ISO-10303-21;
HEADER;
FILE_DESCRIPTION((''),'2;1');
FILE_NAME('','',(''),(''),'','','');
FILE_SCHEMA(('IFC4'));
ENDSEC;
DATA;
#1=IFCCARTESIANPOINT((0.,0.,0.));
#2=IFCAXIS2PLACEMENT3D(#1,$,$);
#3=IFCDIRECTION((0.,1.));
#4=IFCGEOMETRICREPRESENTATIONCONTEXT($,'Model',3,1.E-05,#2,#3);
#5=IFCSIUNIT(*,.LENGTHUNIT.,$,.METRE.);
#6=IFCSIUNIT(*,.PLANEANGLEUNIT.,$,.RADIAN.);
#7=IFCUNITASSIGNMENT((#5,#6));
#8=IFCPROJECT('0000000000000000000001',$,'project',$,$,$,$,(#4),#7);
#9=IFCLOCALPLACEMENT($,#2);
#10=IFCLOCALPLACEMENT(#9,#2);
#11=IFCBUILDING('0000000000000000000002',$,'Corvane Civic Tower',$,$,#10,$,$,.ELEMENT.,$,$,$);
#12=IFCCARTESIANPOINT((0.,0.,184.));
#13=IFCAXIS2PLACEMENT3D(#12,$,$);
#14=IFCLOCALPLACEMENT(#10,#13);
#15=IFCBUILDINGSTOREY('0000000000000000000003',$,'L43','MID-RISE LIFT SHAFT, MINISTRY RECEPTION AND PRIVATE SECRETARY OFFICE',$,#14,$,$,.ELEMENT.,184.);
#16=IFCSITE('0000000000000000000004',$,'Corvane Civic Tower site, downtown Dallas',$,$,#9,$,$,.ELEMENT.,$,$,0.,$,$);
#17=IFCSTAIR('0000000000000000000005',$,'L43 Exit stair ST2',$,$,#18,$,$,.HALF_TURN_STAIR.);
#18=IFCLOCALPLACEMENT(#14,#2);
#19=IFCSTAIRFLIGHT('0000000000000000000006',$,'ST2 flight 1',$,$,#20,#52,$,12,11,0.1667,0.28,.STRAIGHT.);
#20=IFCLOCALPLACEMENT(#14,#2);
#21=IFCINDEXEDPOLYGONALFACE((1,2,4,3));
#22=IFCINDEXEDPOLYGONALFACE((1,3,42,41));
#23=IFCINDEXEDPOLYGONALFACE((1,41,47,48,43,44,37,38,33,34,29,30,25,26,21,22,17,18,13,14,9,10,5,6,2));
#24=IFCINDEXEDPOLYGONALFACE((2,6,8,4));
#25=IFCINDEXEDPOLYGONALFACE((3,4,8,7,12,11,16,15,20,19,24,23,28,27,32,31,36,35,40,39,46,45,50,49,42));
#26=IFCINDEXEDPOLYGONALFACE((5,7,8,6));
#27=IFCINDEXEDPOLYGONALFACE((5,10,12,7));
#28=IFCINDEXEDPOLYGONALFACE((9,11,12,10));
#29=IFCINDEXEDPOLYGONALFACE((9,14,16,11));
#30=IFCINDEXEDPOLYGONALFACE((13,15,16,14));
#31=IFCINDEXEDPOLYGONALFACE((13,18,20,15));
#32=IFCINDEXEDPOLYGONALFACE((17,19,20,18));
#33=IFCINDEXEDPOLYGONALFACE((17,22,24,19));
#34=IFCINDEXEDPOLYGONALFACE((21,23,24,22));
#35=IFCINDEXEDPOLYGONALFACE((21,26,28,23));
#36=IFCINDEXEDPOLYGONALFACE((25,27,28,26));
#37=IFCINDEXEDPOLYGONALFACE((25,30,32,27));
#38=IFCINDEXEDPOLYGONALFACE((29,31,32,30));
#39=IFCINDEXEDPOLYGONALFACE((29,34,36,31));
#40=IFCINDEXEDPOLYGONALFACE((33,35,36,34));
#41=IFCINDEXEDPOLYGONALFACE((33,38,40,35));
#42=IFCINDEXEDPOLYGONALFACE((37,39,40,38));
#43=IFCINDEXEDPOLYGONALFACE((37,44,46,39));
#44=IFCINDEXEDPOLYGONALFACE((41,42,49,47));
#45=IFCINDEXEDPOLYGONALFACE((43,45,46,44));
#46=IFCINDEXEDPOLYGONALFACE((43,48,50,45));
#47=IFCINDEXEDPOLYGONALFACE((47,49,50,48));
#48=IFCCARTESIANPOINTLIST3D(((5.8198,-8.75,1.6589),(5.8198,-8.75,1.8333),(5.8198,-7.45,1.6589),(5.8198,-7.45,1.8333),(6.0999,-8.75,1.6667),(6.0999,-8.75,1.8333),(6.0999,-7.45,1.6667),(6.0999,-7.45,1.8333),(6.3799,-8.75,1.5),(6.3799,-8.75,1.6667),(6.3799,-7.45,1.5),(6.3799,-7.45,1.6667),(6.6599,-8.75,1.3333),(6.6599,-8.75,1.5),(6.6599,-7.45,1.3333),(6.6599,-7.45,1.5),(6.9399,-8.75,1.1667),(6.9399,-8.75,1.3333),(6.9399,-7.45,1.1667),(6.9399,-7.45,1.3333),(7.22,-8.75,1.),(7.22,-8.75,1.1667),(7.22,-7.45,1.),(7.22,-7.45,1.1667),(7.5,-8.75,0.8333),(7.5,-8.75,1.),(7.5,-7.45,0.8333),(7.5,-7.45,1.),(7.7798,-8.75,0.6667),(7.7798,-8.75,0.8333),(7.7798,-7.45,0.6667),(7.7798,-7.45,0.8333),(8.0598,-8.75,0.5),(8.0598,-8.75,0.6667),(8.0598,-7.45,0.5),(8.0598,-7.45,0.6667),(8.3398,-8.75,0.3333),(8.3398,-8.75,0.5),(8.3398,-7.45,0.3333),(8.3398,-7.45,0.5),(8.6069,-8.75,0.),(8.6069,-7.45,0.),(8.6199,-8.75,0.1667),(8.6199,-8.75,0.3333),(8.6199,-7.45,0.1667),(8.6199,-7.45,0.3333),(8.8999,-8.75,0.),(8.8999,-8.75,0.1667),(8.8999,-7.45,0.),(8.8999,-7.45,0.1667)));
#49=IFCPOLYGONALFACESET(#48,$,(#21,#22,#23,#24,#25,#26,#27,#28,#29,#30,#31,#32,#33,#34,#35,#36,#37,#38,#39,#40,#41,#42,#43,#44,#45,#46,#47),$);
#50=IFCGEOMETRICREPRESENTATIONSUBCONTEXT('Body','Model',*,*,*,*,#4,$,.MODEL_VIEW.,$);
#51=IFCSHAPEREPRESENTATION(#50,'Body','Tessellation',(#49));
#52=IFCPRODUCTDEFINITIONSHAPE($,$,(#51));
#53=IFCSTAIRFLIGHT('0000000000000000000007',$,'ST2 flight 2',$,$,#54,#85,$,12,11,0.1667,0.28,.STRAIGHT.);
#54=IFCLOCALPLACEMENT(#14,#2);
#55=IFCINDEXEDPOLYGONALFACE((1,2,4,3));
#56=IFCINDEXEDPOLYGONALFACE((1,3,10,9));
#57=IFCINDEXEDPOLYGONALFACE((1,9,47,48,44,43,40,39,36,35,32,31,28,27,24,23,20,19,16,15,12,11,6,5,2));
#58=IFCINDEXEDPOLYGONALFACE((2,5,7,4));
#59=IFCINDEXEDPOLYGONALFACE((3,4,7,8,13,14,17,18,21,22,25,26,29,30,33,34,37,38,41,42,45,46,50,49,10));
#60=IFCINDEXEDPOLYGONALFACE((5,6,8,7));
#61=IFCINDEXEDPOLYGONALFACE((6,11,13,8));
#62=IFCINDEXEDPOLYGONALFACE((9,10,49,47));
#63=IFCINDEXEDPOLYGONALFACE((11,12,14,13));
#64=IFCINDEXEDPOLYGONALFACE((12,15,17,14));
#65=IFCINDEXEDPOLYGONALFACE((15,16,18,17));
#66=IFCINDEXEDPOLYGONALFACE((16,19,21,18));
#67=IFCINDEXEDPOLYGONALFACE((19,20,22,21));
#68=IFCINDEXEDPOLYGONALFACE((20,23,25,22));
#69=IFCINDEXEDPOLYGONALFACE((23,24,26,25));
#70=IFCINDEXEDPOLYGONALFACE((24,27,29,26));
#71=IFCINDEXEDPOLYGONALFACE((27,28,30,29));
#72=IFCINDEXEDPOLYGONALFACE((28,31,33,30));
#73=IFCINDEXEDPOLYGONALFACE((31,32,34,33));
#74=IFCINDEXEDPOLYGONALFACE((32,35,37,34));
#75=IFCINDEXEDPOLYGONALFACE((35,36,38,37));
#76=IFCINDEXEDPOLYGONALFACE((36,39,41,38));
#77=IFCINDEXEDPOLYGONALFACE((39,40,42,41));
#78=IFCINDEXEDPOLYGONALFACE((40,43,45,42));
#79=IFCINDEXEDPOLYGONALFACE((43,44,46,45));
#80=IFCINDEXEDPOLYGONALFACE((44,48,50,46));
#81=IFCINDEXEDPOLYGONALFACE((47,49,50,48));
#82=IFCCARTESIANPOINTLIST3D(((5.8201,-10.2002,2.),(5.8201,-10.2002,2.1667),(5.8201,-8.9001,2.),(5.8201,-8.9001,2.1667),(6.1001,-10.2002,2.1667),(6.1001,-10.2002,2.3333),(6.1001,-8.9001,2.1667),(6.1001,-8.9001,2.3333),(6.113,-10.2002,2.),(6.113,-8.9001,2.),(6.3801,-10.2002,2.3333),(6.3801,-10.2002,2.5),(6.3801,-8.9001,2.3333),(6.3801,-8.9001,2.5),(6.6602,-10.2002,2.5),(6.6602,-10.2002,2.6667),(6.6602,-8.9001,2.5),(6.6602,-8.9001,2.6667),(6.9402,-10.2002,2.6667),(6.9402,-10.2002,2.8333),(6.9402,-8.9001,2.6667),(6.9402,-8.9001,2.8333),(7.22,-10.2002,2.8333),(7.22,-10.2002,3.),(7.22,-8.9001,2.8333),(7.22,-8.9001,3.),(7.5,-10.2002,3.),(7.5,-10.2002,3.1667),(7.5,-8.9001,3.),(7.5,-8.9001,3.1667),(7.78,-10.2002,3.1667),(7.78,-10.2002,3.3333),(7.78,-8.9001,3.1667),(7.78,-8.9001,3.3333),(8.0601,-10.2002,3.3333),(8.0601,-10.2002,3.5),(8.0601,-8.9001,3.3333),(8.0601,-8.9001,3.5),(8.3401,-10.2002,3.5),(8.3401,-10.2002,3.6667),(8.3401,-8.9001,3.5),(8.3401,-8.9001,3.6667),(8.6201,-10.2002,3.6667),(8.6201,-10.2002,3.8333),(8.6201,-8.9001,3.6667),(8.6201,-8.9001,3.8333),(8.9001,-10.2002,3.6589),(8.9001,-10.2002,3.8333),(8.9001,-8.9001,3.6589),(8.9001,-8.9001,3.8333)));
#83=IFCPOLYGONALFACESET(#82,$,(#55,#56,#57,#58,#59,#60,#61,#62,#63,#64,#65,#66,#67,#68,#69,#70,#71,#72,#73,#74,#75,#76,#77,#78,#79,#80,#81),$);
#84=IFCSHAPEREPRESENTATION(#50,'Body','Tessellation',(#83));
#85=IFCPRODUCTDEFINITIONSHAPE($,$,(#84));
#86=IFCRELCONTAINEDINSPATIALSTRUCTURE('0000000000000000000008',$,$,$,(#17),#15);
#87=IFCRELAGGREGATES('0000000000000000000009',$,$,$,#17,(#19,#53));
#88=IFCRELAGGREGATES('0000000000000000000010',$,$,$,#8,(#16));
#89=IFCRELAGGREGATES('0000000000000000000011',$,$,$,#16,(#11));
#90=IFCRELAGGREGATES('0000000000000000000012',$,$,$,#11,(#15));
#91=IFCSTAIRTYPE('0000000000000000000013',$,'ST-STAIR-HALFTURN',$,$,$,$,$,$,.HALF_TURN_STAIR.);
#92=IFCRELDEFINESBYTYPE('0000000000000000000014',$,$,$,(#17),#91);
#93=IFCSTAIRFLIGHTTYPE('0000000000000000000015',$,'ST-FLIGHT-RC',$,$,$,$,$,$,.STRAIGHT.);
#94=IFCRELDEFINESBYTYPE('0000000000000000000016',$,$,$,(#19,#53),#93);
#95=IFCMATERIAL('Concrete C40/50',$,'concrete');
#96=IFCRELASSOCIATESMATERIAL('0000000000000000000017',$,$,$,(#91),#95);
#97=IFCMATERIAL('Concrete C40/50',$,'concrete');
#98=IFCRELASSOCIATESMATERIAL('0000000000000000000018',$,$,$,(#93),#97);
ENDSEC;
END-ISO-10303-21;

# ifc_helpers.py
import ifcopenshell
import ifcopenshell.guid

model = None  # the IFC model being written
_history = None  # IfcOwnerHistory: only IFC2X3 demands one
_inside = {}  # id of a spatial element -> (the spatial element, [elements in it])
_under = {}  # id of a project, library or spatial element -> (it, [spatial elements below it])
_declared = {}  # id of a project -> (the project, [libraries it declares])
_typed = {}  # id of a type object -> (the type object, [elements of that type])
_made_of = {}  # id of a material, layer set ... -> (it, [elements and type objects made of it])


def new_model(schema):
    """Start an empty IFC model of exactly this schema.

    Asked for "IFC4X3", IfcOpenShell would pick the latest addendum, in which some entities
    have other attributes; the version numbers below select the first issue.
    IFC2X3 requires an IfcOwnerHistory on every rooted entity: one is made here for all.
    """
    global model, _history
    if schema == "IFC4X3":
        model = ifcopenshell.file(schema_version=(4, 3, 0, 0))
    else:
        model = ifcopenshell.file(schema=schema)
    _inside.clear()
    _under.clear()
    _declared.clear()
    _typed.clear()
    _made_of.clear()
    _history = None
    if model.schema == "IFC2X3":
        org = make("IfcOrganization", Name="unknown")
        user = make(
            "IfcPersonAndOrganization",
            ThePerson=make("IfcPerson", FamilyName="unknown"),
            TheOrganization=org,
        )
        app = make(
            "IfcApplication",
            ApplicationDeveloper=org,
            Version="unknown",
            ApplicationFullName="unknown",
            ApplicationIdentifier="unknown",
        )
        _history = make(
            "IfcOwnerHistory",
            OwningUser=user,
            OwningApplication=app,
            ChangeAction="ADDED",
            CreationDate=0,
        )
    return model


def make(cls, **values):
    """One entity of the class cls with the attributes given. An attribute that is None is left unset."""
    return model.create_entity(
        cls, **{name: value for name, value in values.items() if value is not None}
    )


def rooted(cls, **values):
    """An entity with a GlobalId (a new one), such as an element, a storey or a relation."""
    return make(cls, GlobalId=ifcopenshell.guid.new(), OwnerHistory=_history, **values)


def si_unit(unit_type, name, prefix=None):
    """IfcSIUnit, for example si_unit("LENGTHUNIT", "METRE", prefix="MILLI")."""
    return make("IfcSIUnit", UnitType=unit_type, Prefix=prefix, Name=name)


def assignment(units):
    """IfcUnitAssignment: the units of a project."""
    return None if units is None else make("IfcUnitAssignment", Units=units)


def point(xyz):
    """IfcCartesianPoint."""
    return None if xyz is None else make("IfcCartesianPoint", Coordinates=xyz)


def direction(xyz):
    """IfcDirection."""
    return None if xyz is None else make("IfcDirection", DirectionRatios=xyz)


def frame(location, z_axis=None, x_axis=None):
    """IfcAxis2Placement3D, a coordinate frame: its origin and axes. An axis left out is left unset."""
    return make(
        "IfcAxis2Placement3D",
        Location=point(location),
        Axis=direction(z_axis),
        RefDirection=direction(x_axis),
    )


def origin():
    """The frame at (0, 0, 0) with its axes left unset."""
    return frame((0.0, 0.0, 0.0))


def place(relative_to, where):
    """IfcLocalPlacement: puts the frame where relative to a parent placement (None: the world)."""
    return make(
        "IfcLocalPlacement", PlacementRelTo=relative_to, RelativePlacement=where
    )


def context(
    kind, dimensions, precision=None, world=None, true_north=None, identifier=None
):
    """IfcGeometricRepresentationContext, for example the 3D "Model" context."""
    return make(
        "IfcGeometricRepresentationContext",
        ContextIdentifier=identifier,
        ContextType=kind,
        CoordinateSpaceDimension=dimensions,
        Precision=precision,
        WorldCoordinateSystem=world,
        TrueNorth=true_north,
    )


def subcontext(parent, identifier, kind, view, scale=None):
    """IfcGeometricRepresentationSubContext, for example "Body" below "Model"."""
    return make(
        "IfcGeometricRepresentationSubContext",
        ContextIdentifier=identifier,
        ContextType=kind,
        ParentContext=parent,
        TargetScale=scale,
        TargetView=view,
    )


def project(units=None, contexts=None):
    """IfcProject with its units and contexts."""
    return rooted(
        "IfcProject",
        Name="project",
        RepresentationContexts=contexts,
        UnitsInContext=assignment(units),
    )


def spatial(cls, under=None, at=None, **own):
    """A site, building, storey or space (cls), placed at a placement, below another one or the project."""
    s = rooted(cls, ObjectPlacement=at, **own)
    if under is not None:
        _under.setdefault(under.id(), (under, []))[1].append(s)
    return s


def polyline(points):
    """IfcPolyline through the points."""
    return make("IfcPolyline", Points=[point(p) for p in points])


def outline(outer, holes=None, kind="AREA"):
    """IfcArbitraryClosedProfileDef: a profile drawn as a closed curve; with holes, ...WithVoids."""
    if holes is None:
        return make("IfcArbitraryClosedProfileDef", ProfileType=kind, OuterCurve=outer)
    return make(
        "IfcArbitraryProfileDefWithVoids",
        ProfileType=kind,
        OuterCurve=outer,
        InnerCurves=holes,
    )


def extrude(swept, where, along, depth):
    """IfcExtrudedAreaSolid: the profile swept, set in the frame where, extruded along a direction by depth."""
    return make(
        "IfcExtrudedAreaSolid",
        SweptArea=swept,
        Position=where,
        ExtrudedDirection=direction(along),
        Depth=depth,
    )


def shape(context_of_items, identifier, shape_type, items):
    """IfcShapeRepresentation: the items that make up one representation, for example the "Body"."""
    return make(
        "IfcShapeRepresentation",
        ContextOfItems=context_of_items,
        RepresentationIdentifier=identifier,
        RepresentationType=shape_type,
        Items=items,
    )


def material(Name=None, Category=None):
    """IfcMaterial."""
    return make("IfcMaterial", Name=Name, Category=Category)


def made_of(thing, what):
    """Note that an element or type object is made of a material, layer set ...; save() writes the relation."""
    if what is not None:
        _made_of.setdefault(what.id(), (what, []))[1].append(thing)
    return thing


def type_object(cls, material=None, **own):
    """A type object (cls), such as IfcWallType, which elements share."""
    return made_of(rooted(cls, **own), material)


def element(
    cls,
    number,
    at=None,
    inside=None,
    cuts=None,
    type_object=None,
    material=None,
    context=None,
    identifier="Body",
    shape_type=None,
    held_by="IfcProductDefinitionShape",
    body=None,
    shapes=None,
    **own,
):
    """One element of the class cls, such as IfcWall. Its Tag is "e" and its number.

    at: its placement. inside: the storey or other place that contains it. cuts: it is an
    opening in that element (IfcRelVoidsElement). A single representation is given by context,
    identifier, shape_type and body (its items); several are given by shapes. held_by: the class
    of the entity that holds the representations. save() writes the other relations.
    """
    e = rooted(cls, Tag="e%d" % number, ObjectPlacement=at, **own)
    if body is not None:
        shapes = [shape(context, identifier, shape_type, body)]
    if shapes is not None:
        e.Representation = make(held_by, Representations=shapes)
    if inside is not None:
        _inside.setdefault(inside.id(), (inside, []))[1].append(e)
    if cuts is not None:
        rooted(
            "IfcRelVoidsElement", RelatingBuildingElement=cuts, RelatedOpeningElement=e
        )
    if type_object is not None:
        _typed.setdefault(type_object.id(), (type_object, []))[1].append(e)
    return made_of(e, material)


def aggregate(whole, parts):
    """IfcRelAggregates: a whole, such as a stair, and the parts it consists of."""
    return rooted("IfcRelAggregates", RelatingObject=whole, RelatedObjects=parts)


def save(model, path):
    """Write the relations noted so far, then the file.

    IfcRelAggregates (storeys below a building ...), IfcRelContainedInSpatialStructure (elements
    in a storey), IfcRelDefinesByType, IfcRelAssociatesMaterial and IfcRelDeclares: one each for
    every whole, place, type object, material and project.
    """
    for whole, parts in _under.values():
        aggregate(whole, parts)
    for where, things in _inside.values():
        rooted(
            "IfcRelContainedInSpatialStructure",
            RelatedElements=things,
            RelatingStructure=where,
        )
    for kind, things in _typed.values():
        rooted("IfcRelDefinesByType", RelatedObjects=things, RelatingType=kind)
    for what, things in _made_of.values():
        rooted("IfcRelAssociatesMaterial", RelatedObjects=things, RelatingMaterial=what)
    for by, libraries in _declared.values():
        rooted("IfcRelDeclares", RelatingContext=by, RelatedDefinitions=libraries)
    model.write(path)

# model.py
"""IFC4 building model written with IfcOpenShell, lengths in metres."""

from ifc_helpers import new_model, si_unit, direction, frame, origin, place, context, subcontext, project, spatial, polyline, outline, extrude, material, type_object, element, aggregate, save


model = new_model("IFC4")

# Units and contexts
model_context = context("Model", 3, precision=1e-05, world=origin(), true_north=direction((0.0, 1.0)))
body_context = subcontext(model_context, "Body", "Model", "MODEL_VIEW")
ifc_project = project(units=[si_unit("LENGTHUNIT", "METRE"), si_unit("PLANEANGLEUNIT", "RADIAN")], contexts=[model_context])

# Site, building, storey
site_placement = place(None, origin())
site = spatial("IfcSite", under=ifc_project, at=site_placement, Name="Corvane Civic Tower site, downtown Dallas", CompositionType="ELEMENT", RefElevation=0.0)
building_placement = place(site_placement, origin())
building = spatial("IfcBuilding", under=site, at=building_placement, Name="Corvane Civic Tower", CompositionType="ELEMENT")
storey_placement = place(building_placement, frame((0.0, 0.0, 184.0)))
storey = spatial("IfcBuildingStorey", under=building, at=storey_placement, Name="L43", Description="MID-RISE LIFT SHAFT, MINISTRY RECEPTION AND PRIVATE SECRETARY OFFICE", CompositionType="ELEMENT", Elevation=184.0)

# Stair, stair flights
ifc_material_1 = material(Name="Concrete C40/50", Category="concrete")
stair_type = type_object("IfcStairType", Name="ST-STAIR-HALFTURN", PredefinedType="HALF_TURN_STAIR", material=ifc_material_1)
stair_placement = place(storey_placement, origin())
stair = element("IfcStair", 1, at=stair_placement, inside=storey, type_object=stair_type, Name="L43 Exit stair ST2", PredefinedType="HALF_TURN_STAIR")
ifc_material_2 = material(Name="Concrete C40/50", Category="concrete")
stair_flight_type = type_object("IfcStairFlightType", Name="ST-FLIGHT-RC", PredefinedType="STRAIGHT", material=ifc_material_2)
stair_flight_1_placement = place(storey_placement, frame((8.8999, -8.1001, 0.0), z_axis=(0.0, 0.0, 1.0), x_axis=(-1.0, 0.0, 0.0)))
stair_flight_1 = element("IfcStairFlight", 2, at=stair_flight_1_placement, type_object=stair_flight_type, Name="ST2 flight 1", NumberOfRisers=12, NumberOfTreads=11, PredefinedType="STRAIGHT", RiserHeight=0.1667, TreadLength=0.28, context=body_context, shape_type="SweptSolid", body=[
    extrude(outline(polyline([(0.0, 0.0), (0.0, 0.1667), (0.28, 0.1667), (0.28, 0.3333), (0.5601, 0.3333), (0.5601, 0.5), (0.8401, 0.5), (0.8401, 0.6667), (1.1201, 0.6667), (1.1201, 0.8333), (1.3999, 0.8333), (1.3999, 1.0), (1.6799, 1.0), (1.6799, 1.1667), (1.96, 1.1667), (1.96, 1.3333), (2.24, 1.3333), (2.24, 1.5), (2.52, 1.5), (2.52, 1.6667), (2.8, 1.6667), (2.8, 1.8333), (3.0801, 1.8333), (3.0801, 2.0), (3.0801, 1.6589), (0.293, 0.0), (0.0, 0.0)])), frame((0.0, 0.6499, 0.0), z_axis=(0.0, -1.0, 0.0), x_axis=(1.0, 0.0, 0.0)), (0.0, 0.0, 1.0), 1.3),
])
stair_flight_2_placement = place(storey_placement, frame((5.8201, -9.55, 2.0), z_axis=(0.0, 0.0, 1.0), x_axis=(1.0, 0.0, 0.0)))
stair_flight_2 = element("IfcStairFlight", 3, at=stair_flight_2_placement, type_object=stair_flight_type, Name="ST2 flight 2", NumberOfRisers=12, NumberOfTreads=11, PredefinedType="STRAIGHT", RiserHeight=0.1667, TreadLength=0.28, context=body_context, shape_type="SweptSolid", body=[
    extrude(outline(polyline([(0.0, 0.0), (0.0, 0.1667), (0.28, 0.1667), (0.28, 0.3333), (0.5601, 0.3333), (0.5601, 0.5), (0.8401, 0.5), (0.8401, 0.6667), (1.1201, 0.6667), (1.1201, 0.8333), (1.3999, 0.8333), (1.3999, 1.0), (1.6799, 1.0), (1.6799, 1.1667), (1.96, 1.1667), (1.96, 1.3333), (2.24, 1.3333), (2.24, 1.5), (2.52, 1.5), (2.52, 1.6667), (2.8, 1.6667), (2.8, 1.8333), (3.0801, 1.8333), (3.0801, 2.0), (3.0801, 1.6589), (0.293, 0.0), (0.0, 0.0)])), frame((0.0, 0.6499, 0.0), z_axis=(0.0, -1.0, 0.0), x_axis=(1.0, 0.0, 0.0)), (0.0, 0.0, 1.0), 1.3),
])
aggregate(stair, [stair_flight_1, stair_flight_2])

save(model, "model.ifc")
